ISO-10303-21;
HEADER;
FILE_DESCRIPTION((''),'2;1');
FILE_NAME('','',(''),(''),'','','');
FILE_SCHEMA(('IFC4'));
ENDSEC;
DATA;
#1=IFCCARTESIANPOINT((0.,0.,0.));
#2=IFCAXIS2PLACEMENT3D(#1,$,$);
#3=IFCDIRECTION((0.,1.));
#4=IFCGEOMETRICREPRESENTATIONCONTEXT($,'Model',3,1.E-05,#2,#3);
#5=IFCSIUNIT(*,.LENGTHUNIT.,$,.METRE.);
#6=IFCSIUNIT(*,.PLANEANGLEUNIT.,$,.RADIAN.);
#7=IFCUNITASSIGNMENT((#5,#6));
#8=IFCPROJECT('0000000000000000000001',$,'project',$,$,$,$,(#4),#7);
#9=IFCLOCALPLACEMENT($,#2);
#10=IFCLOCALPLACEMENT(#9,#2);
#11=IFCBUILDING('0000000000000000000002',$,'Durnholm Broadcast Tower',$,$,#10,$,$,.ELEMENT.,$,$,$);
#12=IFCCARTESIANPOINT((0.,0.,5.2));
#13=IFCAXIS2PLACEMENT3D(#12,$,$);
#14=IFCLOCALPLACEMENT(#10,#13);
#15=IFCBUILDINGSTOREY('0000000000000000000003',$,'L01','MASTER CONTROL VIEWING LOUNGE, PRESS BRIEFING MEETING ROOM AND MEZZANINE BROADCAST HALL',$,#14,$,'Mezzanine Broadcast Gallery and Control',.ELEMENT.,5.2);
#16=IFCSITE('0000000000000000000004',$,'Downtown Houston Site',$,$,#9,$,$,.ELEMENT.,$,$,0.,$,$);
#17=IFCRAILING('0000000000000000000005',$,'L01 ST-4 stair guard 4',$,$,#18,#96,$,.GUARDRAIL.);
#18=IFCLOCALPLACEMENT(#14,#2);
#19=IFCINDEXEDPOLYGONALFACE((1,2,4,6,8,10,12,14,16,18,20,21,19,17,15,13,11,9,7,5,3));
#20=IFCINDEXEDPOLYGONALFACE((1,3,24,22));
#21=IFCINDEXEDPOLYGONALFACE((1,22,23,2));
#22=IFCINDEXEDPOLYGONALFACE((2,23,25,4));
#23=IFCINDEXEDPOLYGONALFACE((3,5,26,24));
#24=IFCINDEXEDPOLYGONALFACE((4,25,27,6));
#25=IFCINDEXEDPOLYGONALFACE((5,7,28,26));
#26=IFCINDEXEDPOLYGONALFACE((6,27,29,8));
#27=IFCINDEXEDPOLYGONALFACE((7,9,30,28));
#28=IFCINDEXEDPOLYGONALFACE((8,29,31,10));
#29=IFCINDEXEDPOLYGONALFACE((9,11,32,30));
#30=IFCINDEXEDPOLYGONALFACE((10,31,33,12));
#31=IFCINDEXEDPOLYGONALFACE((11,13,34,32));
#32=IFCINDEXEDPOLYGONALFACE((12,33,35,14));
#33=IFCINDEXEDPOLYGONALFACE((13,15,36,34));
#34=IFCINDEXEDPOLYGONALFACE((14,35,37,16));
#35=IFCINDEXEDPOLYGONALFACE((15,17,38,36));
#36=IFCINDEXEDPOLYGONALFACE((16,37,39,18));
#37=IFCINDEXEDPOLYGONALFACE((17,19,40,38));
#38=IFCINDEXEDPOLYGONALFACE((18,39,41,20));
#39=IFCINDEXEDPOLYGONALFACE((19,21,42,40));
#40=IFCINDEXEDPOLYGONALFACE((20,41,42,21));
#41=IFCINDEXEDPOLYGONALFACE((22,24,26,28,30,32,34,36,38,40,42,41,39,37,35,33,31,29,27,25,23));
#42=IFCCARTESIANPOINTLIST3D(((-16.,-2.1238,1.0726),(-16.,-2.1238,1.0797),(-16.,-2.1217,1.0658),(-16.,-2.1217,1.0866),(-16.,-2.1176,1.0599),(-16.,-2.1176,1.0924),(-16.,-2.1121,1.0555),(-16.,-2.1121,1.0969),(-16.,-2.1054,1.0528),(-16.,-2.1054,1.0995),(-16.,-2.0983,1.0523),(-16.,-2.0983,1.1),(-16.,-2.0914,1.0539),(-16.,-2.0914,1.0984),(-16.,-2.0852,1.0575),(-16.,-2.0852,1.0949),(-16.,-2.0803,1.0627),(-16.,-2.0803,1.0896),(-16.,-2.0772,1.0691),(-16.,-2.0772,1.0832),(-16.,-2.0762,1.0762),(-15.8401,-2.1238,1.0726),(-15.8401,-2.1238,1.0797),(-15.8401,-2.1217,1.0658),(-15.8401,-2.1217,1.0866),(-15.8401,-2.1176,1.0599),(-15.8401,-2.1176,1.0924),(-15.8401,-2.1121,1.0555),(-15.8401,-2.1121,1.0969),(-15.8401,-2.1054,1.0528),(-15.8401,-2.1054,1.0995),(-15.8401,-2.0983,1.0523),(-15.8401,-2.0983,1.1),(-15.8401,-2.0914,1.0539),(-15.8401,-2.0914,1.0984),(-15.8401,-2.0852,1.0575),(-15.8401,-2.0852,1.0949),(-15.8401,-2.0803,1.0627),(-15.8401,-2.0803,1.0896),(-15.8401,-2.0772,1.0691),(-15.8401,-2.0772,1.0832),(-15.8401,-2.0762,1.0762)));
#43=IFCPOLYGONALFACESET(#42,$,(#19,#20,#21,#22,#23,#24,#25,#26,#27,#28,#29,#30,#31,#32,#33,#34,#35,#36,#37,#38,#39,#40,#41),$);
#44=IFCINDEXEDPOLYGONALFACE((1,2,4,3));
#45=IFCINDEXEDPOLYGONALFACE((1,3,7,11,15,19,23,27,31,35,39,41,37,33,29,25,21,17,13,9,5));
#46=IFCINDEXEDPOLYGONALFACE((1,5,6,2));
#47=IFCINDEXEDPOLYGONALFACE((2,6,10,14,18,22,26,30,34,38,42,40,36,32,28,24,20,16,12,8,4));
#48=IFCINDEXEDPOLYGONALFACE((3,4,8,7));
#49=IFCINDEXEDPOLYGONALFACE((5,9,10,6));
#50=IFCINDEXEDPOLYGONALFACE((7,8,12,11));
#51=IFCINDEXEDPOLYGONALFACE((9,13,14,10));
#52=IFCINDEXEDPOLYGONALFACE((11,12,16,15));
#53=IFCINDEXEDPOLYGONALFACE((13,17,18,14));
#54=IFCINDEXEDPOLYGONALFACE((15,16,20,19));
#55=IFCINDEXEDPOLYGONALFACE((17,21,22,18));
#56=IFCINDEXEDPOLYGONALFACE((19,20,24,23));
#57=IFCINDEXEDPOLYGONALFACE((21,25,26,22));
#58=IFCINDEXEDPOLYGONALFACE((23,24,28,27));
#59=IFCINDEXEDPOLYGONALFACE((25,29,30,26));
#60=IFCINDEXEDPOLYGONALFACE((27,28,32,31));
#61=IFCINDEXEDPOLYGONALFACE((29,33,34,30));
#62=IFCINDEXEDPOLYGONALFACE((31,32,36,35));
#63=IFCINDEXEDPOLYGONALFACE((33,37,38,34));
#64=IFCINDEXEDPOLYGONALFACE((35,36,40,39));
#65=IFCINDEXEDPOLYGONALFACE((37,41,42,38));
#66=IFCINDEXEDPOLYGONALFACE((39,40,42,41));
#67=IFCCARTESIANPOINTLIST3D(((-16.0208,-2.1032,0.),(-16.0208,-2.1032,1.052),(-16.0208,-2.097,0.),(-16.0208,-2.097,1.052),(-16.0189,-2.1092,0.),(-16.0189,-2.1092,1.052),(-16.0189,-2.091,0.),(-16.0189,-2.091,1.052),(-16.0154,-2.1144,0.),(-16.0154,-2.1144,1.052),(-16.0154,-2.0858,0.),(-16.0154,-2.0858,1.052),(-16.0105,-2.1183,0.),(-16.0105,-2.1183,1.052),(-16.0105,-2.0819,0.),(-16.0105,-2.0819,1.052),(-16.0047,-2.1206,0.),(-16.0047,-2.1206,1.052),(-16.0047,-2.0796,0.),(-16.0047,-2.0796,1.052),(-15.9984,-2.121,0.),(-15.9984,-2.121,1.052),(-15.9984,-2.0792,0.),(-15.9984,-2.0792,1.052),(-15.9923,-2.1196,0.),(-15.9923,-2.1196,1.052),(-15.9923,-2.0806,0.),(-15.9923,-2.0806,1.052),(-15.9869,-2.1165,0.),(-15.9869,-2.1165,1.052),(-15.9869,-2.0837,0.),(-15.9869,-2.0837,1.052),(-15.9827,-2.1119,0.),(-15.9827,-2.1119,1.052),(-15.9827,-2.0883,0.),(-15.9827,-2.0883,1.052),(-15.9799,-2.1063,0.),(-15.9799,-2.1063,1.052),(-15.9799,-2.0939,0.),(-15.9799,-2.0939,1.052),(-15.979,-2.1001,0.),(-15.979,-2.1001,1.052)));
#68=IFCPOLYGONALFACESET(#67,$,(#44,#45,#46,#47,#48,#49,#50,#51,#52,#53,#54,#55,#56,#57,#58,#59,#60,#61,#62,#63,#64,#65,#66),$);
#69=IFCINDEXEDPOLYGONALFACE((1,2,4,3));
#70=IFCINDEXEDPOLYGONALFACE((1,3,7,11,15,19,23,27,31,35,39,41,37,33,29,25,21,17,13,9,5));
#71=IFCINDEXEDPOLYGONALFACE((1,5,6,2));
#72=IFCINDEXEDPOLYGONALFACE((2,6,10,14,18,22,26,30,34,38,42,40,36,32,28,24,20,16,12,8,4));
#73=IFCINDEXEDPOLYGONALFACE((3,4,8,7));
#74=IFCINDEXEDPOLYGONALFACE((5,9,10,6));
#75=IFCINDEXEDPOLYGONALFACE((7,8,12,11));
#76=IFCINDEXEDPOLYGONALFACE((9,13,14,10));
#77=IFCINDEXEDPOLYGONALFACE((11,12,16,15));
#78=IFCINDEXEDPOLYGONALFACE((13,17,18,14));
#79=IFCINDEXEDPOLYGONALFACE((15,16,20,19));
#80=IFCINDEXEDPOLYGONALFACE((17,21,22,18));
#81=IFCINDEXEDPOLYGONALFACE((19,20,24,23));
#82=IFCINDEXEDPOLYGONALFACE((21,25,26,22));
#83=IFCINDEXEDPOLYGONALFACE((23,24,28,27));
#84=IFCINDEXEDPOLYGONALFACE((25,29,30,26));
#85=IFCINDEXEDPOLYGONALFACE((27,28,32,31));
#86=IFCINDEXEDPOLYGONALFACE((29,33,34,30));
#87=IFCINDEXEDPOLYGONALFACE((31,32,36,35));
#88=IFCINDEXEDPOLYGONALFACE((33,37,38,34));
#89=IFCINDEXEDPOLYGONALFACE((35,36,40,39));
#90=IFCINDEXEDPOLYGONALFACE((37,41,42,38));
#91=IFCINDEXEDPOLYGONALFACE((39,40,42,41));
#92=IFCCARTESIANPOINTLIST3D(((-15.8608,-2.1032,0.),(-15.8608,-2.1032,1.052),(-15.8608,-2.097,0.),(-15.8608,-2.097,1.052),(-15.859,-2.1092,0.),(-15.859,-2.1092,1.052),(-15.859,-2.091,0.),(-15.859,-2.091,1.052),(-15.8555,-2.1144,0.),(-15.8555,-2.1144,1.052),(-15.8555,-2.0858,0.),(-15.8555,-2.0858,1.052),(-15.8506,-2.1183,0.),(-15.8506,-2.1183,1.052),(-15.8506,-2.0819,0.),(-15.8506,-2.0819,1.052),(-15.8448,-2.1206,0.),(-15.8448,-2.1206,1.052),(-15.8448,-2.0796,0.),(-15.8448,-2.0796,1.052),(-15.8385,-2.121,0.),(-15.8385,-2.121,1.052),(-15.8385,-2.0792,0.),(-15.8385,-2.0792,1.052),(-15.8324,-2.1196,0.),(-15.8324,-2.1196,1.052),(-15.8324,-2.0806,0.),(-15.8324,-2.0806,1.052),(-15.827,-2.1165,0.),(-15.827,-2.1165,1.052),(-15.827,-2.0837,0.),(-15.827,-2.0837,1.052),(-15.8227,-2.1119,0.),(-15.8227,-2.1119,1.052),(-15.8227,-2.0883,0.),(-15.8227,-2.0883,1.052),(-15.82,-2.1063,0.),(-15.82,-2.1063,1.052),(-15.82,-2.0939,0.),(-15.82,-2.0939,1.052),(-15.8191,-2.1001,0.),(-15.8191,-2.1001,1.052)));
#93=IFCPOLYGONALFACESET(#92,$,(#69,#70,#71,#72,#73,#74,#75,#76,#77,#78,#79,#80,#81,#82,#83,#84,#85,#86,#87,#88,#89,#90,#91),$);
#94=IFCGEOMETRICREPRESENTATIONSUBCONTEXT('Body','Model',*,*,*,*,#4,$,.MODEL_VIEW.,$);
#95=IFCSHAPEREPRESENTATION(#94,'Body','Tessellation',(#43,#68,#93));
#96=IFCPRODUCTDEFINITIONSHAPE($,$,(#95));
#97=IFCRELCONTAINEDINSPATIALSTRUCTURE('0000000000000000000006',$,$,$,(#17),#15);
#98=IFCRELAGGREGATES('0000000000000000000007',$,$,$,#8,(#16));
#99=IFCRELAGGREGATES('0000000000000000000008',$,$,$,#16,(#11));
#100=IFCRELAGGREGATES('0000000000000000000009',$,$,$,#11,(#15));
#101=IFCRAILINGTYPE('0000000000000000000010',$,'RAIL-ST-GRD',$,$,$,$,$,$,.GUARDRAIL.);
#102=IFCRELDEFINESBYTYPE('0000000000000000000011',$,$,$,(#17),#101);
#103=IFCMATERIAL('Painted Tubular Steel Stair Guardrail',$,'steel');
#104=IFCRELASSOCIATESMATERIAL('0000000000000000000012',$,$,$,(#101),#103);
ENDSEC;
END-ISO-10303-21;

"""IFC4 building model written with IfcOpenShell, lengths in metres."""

from ifc_helpers import new_model, si_unit, direction, frame, origin, origin_2d, place, context, subcontext, project, spatial, circle, extrude, material, type_object, element, save


model = new_model("IFC4")

# Units and contexts
model_context = context("Model", 3, precision=1e-05, world=origin(), true_north=direction((0.0, 1.0)))
body_context = subcontext(model_context, "Body", "Model", "MODEL_VIEW")
ifc_project = project(units=[si_unit("LENGTHUNIT", "METRE"), si_unit("PLANEANGLEUNIT", "RADIAN")], contexts=[model_context])

# Site, building, storey
site_placement = place(None, origin())
site = spatial("IfcSite", under=ifc_project, at=site_placement, Name="Downtown Houston Site", CompositionType="ELEMENT", RefElevation=0.0)
building_placement = place(site_placement, origin())
building = spatial("IfcBuilding", under=site, at=building_placement, Name="Durnholm Broadcast Tower", CompositionType="ELEMENT")
storey_placement = place(building_placement, frame((0.0, 0.0, 5.2)))
storey = spatial("IfcBuildingStorey", under=building, at=storey_placement, Name="L01", Description="MASTER CONTROL VIEWING LOUNGE, PRESS BRIEFING MEETING ROOM AND MEZZANINE BROADCAST HALL", LongName="Mezzanine Broadcast Gallery and Control", CompositionType="ELEMENT", Elevation=5.2)

# Railing
ifc_material_1 = material(Name="Painted Tubular Steel Stair Guardrail", Category="steel")
railing_type_1 = type_object("IfcRailingType", Name="RAIL-ST-GRD", PredefinedType="GUARDRAIL", material=ifc_material_1)
railing_1_placement = place(storey_placement, frame((-16.0, -2.1001, 0.0)))
element("IfcRailing", 1, at=railing_1_placement, inside=storey, type_object=railing_type_1, Name="L01 ST-4 stair guard 4", PredefinedType="GUARDRAIL", context=body_context, shape_type="SweptSolid", body=[
    extrude(circle(Radius=0.0239, at=origin_2d()), frame((0.0, 0.0, 1.0762), z_axis=(1.0, 0.0, 0.0), x_axis=(0.0, 1.0, 0.0)), (0.0, 0.0, 1.0), 0.1599),
    extrude(circle(Radius=0.021, at=origin_2d()), origin(), (0.0, 0.0, 1.0), 1.052),
    extrude(circle(Radius=0.021, at=origin_2d()), frame((0.1599, 0.0, 0.0)), (0.0, 0.0, 1.0), 1.052),
])

save(model, "model.ifc")
